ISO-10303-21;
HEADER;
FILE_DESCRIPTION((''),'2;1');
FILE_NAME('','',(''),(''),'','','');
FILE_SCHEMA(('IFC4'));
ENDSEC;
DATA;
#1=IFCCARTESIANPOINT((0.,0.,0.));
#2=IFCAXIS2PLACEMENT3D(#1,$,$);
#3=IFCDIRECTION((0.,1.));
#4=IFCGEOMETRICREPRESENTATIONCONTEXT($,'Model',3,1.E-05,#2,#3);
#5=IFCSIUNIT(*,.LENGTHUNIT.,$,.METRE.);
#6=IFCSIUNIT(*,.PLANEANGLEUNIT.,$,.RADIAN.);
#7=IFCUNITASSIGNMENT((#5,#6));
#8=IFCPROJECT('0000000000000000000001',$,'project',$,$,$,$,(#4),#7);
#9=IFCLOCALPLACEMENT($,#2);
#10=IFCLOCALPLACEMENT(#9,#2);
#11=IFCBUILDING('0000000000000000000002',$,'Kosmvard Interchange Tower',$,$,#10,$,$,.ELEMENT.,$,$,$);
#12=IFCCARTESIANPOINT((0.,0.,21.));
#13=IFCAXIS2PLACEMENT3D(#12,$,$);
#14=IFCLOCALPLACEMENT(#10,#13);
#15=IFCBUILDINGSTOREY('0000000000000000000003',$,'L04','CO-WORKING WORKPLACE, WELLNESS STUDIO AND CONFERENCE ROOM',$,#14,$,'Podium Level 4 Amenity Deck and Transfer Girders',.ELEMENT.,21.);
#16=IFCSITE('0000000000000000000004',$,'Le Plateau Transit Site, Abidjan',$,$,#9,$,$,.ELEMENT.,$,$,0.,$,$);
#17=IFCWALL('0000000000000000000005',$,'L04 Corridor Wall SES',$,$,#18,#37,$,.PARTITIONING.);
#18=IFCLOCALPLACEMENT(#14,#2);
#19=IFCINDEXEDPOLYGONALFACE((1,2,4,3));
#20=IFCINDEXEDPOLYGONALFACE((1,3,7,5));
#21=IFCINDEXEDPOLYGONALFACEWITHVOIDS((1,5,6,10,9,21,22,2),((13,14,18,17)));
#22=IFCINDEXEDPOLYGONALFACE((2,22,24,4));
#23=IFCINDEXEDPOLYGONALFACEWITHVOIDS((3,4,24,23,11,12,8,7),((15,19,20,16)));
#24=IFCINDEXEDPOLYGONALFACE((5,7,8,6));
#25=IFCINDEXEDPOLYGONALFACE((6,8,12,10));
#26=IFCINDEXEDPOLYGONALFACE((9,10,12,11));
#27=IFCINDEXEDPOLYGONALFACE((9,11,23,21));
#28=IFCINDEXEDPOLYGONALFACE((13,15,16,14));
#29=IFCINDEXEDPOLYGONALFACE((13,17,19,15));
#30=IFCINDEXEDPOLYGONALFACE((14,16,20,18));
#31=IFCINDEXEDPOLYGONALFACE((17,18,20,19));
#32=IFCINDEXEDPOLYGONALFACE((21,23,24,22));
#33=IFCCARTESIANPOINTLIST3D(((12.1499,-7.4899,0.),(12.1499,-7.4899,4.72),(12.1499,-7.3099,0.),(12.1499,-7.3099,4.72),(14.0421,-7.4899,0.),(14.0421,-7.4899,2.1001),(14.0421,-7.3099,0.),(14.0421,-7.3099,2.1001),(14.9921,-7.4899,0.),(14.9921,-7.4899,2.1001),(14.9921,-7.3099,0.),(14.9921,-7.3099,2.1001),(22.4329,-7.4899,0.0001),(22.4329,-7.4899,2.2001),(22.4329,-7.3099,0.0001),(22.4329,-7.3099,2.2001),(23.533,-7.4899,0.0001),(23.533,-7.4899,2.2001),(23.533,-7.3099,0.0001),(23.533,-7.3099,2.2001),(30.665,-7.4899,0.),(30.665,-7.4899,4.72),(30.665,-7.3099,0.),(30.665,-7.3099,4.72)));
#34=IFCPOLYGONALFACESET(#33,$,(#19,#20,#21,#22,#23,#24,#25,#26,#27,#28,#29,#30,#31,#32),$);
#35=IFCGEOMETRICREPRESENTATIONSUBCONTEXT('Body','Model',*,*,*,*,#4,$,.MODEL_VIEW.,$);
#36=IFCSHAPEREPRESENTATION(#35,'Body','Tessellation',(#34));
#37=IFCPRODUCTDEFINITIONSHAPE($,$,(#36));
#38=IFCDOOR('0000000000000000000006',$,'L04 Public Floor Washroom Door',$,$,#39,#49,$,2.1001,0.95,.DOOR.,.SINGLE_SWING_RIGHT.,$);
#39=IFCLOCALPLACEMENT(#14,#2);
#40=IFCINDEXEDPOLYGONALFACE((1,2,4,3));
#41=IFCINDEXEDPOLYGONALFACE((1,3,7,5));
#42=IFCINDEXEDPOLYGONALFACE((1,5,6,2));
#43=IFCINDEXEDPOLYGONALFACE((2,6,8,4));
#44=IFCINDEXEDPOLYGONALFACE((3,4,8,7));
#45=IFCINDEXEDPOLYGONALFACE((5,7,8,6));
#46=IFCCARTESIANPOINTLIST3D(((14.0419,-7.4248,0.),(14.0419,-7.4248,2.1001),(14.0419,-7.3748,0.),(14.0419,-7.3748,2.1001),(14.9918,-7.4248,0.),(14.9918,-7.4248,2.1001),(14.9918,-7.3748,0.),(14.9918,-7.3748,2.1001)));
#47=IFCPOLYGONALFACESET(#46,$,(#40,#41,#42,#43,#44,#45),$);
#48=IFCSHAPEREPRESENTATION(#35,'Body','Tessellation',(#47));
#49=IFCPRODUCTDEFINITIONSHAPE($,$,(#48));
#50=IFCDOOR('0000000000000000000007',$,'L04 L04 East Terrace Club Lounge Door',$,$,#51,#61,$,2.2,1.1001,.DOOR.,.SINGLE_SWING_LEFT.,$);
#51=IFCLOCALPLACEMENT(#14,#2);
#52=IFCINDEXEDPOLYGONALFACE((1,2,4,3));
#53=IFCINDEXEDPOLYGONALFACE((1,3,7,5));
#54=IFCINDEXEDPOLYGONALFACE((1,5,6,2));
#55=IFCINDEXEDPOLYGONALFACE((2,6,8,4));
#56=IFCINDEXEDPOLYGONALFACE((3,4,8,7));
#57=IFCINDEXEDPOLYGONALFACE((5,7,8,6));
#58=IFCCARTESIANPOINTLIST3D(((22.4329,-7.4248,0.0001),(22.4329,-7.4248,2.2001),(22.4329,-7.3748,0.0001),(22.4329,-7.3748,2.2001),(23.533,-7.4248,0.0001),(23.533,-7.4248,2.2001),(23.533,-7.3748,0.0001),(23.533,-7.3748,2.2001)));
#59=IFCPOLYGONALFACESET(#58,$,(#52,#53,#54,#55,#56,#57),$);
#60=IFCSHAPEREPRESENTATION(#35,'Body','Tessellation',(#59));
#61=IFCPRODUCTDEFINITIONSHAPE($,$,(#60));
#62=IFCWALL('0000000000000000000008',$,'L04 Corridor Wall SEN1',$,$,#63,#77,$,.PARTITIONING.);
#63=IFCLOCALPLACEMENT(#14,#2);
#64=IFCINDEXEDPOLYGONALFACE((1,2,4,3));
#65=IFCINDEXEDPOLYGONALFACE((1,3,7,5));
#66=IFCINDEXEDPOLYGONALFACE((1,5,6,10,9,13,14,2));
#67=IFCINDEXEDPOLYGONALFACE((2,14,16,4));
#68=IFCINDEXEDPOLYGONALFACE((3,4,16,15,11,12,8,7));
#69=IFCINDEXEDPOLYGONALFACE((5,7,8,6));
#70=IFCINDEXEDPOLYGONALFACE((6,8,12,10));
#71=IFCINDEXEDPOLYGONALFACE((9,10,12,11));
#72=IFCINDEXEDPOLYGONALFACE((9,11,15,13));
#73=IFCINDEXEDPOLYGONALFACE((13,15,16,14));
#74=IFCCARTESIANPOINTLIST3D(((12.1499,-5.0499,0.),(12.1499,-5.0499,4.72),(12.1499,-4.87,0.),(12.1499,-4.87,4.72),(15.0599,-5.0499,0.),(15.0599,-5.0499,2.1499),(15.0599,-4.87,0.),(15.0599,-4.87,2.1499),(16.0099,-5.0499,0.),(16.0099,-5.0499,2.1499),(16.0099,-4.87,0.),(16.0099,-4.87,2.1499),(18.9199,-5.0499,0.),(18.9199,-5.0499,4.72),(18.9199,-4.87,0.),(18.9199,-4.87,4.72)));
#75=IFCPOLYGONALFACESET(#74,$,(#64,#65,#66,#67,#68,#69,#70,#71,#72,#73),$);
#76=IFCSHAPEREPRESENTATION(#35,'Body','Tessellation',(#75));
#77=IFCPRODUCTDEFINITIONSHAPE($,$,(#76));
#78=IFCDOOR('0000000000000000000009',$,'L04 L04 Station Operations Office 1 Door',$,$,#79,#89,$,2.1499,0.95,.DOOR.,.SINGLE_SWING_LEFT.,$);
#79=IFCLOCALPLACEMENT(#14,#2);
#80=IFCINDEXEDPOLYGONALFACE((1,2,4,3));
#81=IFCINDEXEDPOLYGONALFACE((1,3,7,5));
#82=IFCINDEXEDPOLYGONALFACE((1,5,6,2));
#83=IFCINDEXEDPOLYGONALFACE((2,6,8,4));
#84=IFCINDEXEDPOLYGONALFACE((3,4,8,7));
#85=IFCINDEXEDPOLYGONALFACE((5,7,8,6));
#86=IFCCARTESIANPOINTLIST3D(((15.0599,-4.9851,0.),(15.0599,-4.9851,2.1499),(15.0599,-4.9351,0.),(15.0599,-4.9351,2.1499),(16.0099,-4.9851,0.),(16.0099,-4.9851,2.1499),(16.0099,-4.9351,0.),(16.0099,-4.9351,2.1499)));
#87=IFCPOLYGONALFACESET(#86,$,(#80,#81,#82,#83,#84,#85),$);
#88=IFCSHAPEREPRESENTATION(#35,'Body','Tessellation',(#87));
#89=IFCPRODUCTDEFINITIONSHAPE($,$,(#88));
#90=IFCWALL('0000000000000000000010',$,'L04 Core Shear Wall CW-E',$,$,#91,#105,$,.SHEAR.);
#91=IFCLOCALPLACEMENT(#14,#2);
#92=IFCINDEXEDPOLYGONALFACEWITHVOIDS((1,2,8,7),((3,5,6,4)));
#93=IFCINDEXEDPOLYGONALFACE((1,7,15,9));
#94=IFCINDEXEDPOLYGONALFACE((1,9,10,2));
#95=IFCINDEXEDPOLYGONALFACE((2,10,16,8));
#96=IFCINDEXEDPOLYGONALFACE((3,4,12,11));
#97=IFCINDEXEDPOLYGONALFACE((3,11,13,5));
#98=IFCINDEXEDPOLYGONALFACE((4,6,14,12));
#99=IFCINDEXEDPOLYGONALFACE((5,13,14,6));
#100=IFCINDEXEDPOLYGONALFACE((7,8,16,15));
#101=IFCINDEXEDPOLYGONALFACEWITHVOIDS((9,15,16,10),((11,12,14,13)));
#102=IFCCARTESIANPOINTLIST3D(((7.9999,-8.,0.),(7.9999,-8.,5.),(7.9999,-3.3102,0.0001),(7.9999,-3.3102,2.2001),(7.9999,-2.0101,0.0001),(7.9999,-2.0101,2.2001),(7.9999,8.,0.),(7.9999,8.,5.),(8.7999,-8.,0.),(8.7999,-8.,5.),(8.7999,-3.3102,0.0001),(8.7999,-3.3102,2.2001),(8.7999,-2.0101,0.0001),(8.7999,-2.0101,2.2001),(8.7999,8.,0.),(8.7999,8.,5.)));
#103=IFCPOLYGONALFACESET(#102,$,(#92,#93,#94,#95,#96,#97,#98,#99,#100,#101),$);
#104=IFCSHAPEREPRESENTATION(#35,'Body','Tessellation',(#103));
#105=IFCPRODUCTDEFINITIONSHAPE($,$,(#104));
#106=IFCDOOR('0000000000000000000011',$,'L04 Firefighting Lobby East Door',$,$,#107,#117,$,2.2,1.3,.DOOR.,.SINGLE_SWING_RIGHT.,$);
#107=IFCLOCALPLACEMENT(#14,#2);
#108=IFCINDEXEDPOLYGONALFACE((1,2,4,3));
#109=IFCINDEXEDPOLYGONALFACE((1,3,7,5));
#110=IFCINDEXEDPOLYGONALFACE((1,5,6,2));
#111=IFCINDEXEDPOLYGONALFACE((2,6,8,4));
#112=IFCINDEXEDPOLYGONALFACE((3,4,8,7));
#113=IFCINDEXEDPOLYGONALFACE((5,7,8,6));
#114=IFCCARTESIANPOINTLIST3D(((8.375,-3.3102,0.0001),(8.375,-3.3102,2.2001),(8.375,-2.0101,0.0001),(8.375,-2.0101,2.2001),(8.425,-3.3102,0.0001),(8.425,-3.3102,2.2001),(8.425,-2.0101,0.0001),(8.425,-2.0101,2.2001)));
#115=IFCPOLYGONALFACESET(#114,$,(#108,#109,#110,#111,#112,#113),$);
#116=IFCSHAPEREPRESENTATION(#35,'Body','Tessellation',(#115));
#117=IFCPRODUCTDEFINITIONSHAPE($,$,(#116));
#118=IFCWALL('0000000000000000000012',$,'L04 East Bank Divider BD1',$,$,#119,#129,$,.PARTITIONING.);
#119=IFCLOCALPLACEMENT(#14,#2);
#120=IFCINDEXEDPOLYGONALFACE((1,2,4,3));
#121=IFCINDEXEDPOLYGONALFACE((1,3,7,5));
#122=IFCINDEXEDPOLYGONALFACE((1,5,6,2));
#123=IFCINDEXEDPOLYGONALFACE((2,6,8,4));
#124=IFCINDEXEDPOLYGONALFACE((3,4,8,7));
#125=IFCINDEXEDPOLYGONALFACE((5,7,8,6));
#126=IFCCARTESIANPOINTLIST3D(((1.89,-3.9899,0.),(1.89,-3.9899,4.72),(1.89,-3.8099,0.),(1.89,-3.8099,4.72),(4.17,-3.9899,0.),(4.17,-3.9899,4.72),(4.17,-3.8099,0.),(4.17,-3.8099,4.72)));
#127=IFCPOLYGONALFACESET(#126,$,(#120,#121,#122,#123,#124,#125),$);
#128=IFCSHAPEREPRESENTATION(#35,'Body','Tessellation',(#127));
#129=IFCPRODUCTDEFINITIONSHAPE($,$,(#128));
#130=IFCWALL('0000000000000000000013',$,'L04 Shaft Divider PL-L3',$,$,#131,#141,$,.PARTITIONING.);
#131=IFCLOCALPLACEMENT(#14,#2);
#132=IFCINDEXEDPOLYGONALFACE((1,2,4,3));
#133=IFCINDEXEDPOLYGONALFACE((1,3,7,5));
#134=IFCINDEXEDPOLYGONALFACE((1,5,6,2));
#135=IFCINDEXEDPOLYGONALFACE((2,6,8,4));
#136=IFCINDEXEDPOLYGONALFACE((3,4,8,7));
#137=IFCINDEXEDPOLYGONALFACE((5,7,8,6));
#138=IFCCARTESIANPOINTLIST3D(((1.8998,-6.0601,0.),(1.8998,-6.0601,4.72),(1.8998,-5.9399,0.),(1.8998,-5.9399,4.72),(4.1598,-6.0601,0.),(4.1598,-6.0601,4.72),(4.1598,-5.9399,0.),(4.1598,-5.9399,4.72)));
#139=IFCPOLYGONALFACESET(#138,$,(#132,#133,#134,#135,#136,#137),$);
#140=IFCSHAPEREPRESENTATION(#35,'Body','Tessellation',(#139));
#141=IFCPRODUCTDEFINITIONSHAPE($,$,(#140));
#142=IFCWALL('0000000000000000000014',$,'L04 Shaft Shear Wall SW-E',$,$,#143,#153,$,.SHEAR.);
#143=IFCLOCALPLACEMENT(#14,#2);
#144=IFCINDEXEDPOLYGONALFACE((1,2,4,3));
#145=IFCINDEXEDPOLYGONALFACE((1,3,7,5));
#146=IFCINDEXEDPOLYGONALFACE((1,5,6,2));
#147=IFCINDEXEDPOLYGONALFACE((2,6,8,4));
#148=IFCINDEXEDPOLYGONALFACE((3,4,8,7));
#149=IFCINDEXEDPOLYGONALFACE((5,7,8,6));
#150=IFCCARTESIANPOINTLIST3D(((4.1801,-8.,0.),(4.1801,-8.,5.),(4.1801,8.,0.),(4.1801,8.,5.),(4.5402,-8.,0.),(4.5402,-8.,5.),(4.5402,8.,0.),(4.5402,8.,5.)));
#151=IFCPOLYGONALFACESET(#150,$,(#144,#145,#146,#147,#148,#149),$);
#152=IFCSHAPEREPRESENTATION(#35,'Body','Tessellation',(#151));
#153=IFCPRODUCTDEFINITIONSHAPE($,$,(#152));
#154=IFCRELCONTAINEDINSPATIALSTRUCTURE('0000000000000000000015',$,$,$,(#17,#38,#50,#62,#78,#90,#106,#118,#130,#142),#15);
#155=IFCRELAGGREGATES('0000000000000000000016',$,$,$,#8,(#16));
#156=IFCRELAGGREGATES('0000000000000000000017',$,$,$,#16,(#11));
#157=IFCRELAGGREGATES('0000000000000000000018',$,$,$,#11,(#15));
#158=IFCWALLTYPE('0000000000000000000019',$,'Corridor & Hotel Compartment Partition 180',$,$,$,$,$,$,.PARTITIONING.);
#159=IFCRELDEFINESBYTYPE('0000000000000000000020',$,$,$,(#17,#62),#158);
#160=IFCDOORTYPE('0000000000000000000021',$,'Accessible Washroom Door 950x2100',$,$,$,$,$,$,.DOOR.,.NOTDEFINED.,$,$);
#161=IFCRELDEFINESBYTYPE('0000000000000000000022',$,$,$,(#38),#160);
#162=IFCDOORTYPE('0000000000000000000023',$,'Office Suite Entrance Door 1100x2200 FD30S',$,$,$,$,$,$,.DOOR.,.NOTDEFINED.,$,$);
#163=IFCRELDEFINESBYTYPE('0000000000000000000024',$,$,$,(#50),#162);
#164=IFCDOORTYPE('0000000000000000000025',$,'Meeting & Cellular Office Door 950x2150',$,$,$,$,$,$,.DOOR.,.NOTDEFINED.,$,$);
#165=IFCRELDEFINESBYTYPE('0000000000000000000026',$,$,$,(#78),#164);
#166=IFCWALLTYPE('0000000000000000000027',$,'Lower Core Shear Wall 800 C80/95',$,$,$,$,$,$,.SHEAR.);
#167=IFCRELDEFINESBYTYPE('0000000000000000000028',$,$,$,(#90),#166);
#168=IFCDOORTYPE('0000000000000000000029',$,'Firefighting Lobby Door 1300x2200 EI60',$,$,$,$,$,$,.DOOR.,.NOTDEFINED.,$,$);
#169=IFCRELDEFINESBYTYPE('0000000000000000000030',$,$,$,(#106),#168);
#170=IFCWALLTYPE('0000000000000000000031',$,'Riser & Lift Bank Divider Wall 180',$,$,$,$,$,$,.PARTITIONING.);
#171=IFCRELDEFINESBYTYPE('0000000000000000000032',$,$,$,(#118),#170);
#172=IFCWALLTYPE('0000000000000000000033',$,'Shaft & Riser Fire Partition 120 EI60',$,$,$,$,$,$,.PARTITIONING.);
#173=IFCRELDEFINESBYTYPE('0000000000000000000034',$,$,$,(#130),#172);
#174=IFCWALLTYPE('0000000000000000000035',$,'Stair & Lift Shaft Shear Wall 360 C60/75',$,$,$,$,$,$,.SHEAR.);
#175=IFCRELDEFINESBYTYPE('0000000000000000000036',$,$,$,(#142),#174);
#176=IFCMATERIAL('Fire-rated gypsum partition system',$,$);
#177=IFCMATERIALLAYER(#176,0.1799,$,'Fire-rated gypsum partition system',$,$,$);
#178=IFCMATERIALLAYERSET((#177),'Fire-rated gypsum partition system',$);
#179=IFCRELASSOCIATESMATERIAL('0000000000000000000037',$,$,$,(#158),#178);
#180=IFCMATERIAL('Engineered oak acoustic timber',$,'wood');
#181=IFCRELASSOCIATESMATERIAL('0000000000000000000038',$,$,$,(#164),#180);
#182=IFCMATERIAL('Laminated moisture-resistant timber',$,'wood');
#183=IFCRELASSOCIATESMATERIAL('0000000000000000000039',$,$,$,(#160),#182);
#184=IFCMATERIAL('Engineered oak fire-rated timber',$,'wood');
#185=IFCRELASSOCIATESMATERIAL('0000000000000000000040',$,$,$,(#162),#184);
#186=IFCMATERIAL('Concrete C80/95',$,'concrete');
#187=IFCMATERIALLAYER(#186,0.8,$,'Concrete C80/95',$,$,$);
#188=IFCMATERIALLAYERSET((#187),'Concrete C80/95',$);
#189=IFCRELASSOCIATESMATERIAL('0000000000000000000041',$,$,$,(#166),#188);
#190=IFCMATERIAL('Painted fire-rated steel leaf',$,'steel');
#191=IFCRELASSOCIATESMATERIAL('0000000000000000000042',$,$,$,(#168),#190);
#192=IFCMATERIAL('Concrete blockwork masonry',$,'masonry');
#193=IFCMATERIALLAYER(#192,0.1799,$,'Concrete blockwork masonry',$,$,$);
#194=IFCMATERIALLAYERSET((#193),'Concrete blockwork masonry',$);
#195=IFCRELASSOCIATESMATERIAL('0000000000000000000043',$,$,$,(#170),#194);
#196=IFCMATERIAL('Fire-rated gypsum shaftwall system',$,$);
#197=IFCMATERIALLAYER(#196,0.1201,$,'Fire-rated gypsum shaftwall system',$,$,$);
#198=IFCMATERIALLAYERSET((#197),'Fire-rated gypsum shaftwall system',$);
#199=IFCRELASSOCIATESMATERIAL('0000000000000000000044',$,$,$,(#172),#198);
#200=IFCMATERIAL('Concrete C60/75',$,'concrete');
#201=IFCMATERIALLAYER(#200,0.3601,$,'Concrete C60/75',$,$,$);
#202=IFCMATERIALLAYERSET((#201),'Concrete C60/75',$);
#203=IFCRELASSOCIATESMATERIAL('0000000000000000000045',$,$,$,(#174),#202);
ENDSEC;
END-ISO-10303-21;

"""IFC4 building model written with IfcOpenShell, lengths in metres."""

from ifc_helpers import new_model, si_unit, direction, frame, frame_2d, origin, place, context, subcontext, project, spatial, rectangle, extrude, source, transform, mapped, material, layer, layer_set, type_object, element, fill, save


model = new_model("IFC4")

# Units and contexts
model_context = context("Model", 3, precision=1e-05, world=origin(), true_north=direction((0.0, 1.0)))
body_context = subcontext(model_context, "Body", "Model", "MODEL_VIEW")
ifc_project = project(units=[si_unit("LENGTHUNIT", "METRE"), si_unit("PLANEANGLEUNIT", "RADIAN")], contexts=[model_context])

# Site, building, storey
site_placement = place(None, origin())
site = spatial("IfcSite", under=ifc_project, at=site_placement, Name="Le Plateau Transit Site, Abidjan", CompositionType="ELEMENT", RefElevation=0.0)
building_placement = place(site_placement, origin())
building = spatial("IfcBuilding", under=site, at=building_placement, Name="Kosmvard Interchange Tower", CompositionType="ELEMENT")
storey_placement = place(building_placement, frame((0.0, 0.0, 21.0)))
storey = spatial("IfcBuildingStorey", under=building, at=storey_placement, Name="L04", Description="CO-WORKING WORKPLACE, WELLNESS STUDIO AND CONFERENCE ROOM", LongName="Podium Level 4 Amenity Deck and Transfer Girders", CompositionType="ELEMENT", Elevation=21.0)

# Shared definitions
ifc_material_1 = material(Name="Concrete C80/95", Category="concrete")

# Shared definitions
ifc_material_2 = material(Name="Fire-rated gypsum partition system")
ifc_layer_1 = layer(ifc_material_2, 0.1799, Name="Fire-rated gypsum partition system")
ifc_layer_set_1 = layer_set([ifc_layer_1], Name="Fire-rated gypsum partition system")
wall_type_1 = type_object("IfcWallType", Name="Corridor & Hotel Compartment Partition 180", PredefinedType="PARTITIONING", material=ifc_layer_set_1)
shared_shape_1 = source(origin(), body_context, "Body", "SweptSolid", [
    extrude(rectangle(XDim=1.1001, YDim=2.2, at=frame_2d((0.55, 1.1001))), frame((0.0, 0.0249, 0.0), z_axis=(0.0, -1.0, 0.0), x_axis=(1.0, 0.0, 0.0)), (0.0, 0.0, 1.0), 0.05),
])

# Shared definitions
ifc_material_3 = material(Name="Engineered oak acoustic timber", Category="wood")
door_type_1 = type_object("IfcDoorType", Name="Meeting & Cellular Office Door 950x2150", OperationType="NOTDEFINED", PredefinedType="DOOR", material=ifc_material_3)
shared_shape_2 = source(origin(), body_context, "Body", "SweptSolid", [
    extrude(rectangle(XDim=0.95, YDim=2.1499, at=frame_2d((0.4751, 1.075))), frame((0.0, 0.0249, 0.0), z_axis=(0.0, -1.0, 0.0), x_axis=(1.0, 0.0, 0.0)), (0.0, 0.0, 1.0), 0.05),
])

# Wall, openings, doors
wall_1_placement = place(storey_placement, frame((12.1499, -7.3999, 0.0), z_axis=(0.0, 0.0, 1.0), x_axis=(1.0, 0.0, 0.0)))
wall_1 = element("IfcWall", 1, at=wall_1_placement, inside=storey, type_object=wall_type_1, Name="L04 Corridor Wall SES", PredefinedType="PARTITIONING", context=body_context, shape_type="SweptSolid", body=[
    extrude(rectangle(XDim=18.5151, YDim=0.1799, at=frame_2d((9.2576, 0.0))), origin(), (0.0, 0.0, 1.0), 4.72),
])
opening_1_placement = place(wall_1_placement, frame((1.8921, 0.0, 0.0)))
opening_1 = element("IfcOpeningElement", 2, at=opening_1_placement, cuts=wall_1, PredefinedType="OPENING", context=body_context, shape_type="SweptSolid", body=[
    extrude(rectangle(XDim=0.95, YDim=2.1001, at=frame_2d((0.4751, 1.05))), frame((0.0, 0.1001, 0.0), z_axis=(0.0, -1.0, 0.0), x_axis=(1.0, 0.0, 0.0)), (0.0, 0.0, 1.0), 0.2),
])
opening_2_placement = place(wall_1_placement, frame((10.283, 0.0, 0.0)))
opening_2 = element("IfcOpeningElement", 3, at=opening_2_placement, cuts=wall_1, PredefinedType="OPENING", context=body_context, shape_type="SweptSolid", body=[
    extrude(rectangle(XDim=1.1001, YDim=2.2, at=frame_2d((0.55, 1.1001))), frame((0.0, 0.1001, 0.0), z_axis=(0.0, -1.0, 0.0), x_axis=(1.0, 0.0, 0.0)), (0.0, 0.0, 1.0), 0.2),
])
ifc_material_4 = material(Name="Laminated moisture-resistant timber", Category="wood")
door_type_2 = type_object("IfcDoorType", Name="Accessible Washroom Door 950x2100", OperationType="NOTDEFINED", PredefinedType="DOOR", material=ifc_material_4)
shared_shape_3 = source(origin(), body_context, "Body", "SweptSolid", [
    extrude(rectangle(XDim=0.95, YDim=2.1001, at=frame_2d((0.4751, 1.05))), frame((0.0, 0.0249, 0.0), z_axis=(0.0, -1.0, 0.0), x_axis=(1.0, 0.0, 0.0)), (0.0, 0.0, 1.0), 0.05),
])
door_1_placement = place(opening_1_placement, frame((0.95, 0.0, 0.0), z_axis=(0.0, 0.0, 1.0), x_axis=(-1.0, 0.0, 0.0)))
door_1 = element("IfcDoor", 4, at=door_1_placement, inside=storey, type_object=door_type_2, Name="L04 Public Floor Washroom Door", OperationType="SINGLE_SWING_RIGHT", OverallHeight=2.1001, OverallWidth=0.95, PredefinedType="DOOR", context=body_context, shape_type="MappedRepresentation", body=[
    mapped(shared_shape_3, transform((0.0, 0.0, 0.0), scale=1.0)),
])
fill(opening_1, door_1)
ifc_material_5 = material(Name="Engineered oak fire-rated timber", Category="wood")
door_type_3 = type_object("IfcDoorType", Name="Office Suite Entrance Door 1100x2200 FD30S", OperationType="NOTDEFINED", PredefinedType="DOOR", material=ifc_material_5)
door_2_placement = place(opening_2_placement, frame((1.1001, 0.0, 0.0), z_axis=(0.0, 0.0, 1.0), x_axis=(-1.0, 0.0, 0.0)))
door_2 = element("IfcDoor", 5, at=door_2_placement, inside=storey, type_object=door_type_3, Name="L04 L04 East Terrace Club Lounge Door", OperationType="SINGLE_SWING_LEFT", OverallHeight=2.2, OverallWidth=1.1001, PredefinedType="DOOR", context=body_context, shape_type="MappedRepresentation", body=[
    mapped(shared_shape_1, transform((0.0, 0.0, 0.0), scale=1.0)),
])
fill(opening_2, door_2)

# Walls, openings, doors
wall_2_placement = place(storey_placement, frame((12.1499, -4.96, 0.0), z_axis=(0.0, 0.0, 1.0), x_axis=(1.0, 0.0, 0.0)))
wall_2 = element("IfcWall", 6, at=wall_2_placement, inside=storey, type_object=wall_type_1, Name="L04 Corridor Wall SEN1", PredefinedType="PARTITIONING", context=body_context, shape_type="SweptSolid", body=[
    extrude(rectangle(XDim=6.77, YDim=0.1799, at=frame_2d((3.385, 0.0))), origin(), (0.0, 0.0, 1.0), 4.72),
])
opening_3_placement = place(wall_2_placement, frame((2.9099, 0.0, 0.0)))
opening_3 = element("IfcOpeningElement", 7, at=opening_3_placement, cuts=wall_2, PredefinedType="OPENING", context=body_context, shape_type="SweptSolid", body=[
    extrude(rectangle(XDim=0.95, YDim=2.1499, at=frame_2d((0.4751, 1.075))), frame((0.0, 0.1001, 0.0), z_axis=(0.0, -1.0, 0.0), x_axis=(1.0, 0.0, 0.0)), (0.0, 0.0, 1.0), 0.2),
])
door_3_placement = place(opening_3_placement, origin())
door_3 = element("IfcDoor", 8, at=door_3_placement, inside=storey, type_object=door_type_1, Name="L04 L04 Station Operations Office 1 Door", OperationType="SINGLE_SWING_LEFT", OverallHeight=2.1499, OverallWidth=0.95, PredefinedType="DOOR", context=body_context, shape_type="MappedRepresentation", body=[
    mapped(shared_shape_2, transform((0.0, 0.0, 0.0), scale=1.0)),
])
fill(opening_3, door_3)
ifc_layer_2 = layer(ifc_material_1, 0.8, Name="Concrete C80/95")
ifc_layer_set_2 = layer_set([ifc_layer_2], Name="Concrete C80/95")
wall_type_2 = type_object("IfcWallType", Name="Lower Core Shear Wall 800 C80/95", PredefinedType="SHEAR", material=ifc_layer_set_2)
wall_3_placement = place(storey_placement, frame((8.3999, -8.0, 0.0), z_axis=(0.0, 0.0, 1.0), x_axis=(0.0, 1.0, 0.0)))
wall_3 = element("IfcWall", 9, at=wall_3_placement, inside=storey, type_object=wall_type_2, Name="L04 Core Shear Wall CW-E", PredefinedType="SHEAR", context=body_context, shape_type="SweptSolid", body=[
    extrude(rectangle(XDim=16.0, YDim=0.8, at=frame_2d((8.0, 0.0))), origin(), (0.0, 0.0, 1.0), 5.0),
])
opening_4_placement = place(wall_3_placement, frame((4.6899, 0.0, 0.0)))
opening_4 = element("IfcOpeningElement", 10, at=opening_4_placement, cuts=wall_3, PredefinedType="OPENING", context=body_context, shape_type="SweptSolid", body=[
    extrude(rectangle(XDim=1.3, YDim=2.2, at=frame_2d((0.6499, 1.1001))), frame((0.0, 0.4102, 0.0), z_axis=(0.0, -1.0, 0.0), x_axis=(1.0, 0.0, 0.0)), (0.0, 0.0, 1.0), 0.8201),
])
ifc_material_6 = material(Name="Painted fire-rated steel leaf", Category="steel")
door_type_4 = type_object("IfcDoorType", Name="Firefighting Lobby Door 1300x2200 EI60", OperationType="NOTDEFINED", PredefinedType="DOOR", material=ifc_material_6)
shared_shape_4 = source(origin(), body_context, "Body", "SweptSolid", [
    extrude(rectangle(XDim=1.3, YDim=2.2, at=frame_2d((0.6499, 1.1001))), frame((0.0, 0.0249, 0.0), z_axis=(0.0, -1.0, 0.0), x_axis=(1.0, 0.0, 0.0)), (0.0, 0.0, 1.0), 0.05),
])
door_4_placement = place(opening_4_placement, origin())
door_4 = element("IfcDoor", 11, at=door_4_placement, inside=storey, type_object=door_type_4, Name="L04 Firefighting Lobby East Door", OperationType="SINGLE_SWING_RIGHT", OverallHeight=2.2, OverallWidth=1.3, PredefinedType="DOOR", context=body_context, shape_type="MappedRepresentation", body=[
    mapped(shared_shape_4, transform((0.0, 0.0, 0.0), scale=1.0)),
])
fill(opening_4, door_4)

# Walls
ifc_material_7 = material(Name="Concrete blockwork masonry", Category="masonry")
ifc_layer_3 = layer(ifc_material_7, 0.1799, Name="Concrete blockwork masonry")
ifc_layer_set_3 = layer_set([ifc_layer_3], Name="Concrete blockwork masonry")
wall_type_3 = type_object("IfcWallType", Name="Riser & Lift Bank Divider Wall 180", PredefinedType="PARTITIONING", material=ifc_layer_set_3)
wall_4_placement = place(storey_placement, frame((1.8899, -3.8999, 0.0), z_axis=(0.0, 0.0, 1.0), x_axis=(1.0, 0.0, 0.0)))
element("IfcWall", 12, at=wall_4_placement, inside=storey, type_object=wall_type_3, Name="L04 East Bank Divider BD1", PredefinedType="PARTITIONING", context=body_context, shape_type="SweptSolid", body=[
    extrude(rectangle(XDim=2.28, YDim=0.1799, at=frame_2d((1.1401, 0.0))), origin(), (0.0, 0.0, 1.0), 4.72),
])
ifc_material_8 = material(Name="Fire-rated gypsum shaftwall system")
ifc_layer_4 = layer(ifc_material_8, 0.1201, Name="Fire-rated gypsum shaftwall system")
ifc_layer_set_4 = layer_set([ifc_layer_4], Name="Fire-rated gypsum shaftwall system")
wall_type_4 = type_object("IfcWallType", Name="Shaft & Riser Fire Partition 120 EI60", PredefinedType="PARTITIONING", material=ifc_layer_set_4)
wall_5_placement = place(storey_placement, frame((1.8999, -6.0, 0.0), z_axis=(0.0, 0.0, 1.0), x_axis=(1.0, 0.0, 0.0)))
element("IfcWall", 13, at=wall_5_placement, inside=storey, type_object=wall_type_4, Name="L04 Shaft Divider PL-L3", PredefinedType="PARTITIONING", context=body_context, shape_type="SweptSolid", body=[
    extrude(rectangle(XDim=2.26, YDim=0.1201, at=frame_2d((1.1299, 0.0))), origin(), (0.0, 0.0, 1.0), 4.72),
])
ifc_material_9 = material(Name="Concrete C60/75", Category="concrete")
ifc_layer_5 = layer(ifc_material_9, 0.3601, Name="Concrete C60/75")
ifc_layer_set_5 = layer_set([ifc_layer_5], Name="Concrete C60/75")
wall_type_5 = type_object("IfcWallType", Name="Stair & Lift Shaft Shear Wall 360 C60/75", PredefinedType="SHEAR", material=ifc_layer_set_5)
wall_6_placement = place(storey_placement, frame((4.3601, -8.0, 0.0), z_axis=(0.0, 0.0, 1.0), x_axis=(0.0, 1.0, 0.0)))
element("IfcWall", 14, at=wall_6_placement, inside=storey, type_object=wall_type_5, Name="L04 Shaft Shear Wall SW-E", PredefinedType="SHEAR", context=body_context, shape_type="SweptSolid", body=[
    extrude(rectangle(XDim=16.0, YDim=0.3601, at=frame_2d((8.0, 0.0))), origin(), (0.0, 0.0, 1.0), 5.0),
])

save(model, "model.ifc")
